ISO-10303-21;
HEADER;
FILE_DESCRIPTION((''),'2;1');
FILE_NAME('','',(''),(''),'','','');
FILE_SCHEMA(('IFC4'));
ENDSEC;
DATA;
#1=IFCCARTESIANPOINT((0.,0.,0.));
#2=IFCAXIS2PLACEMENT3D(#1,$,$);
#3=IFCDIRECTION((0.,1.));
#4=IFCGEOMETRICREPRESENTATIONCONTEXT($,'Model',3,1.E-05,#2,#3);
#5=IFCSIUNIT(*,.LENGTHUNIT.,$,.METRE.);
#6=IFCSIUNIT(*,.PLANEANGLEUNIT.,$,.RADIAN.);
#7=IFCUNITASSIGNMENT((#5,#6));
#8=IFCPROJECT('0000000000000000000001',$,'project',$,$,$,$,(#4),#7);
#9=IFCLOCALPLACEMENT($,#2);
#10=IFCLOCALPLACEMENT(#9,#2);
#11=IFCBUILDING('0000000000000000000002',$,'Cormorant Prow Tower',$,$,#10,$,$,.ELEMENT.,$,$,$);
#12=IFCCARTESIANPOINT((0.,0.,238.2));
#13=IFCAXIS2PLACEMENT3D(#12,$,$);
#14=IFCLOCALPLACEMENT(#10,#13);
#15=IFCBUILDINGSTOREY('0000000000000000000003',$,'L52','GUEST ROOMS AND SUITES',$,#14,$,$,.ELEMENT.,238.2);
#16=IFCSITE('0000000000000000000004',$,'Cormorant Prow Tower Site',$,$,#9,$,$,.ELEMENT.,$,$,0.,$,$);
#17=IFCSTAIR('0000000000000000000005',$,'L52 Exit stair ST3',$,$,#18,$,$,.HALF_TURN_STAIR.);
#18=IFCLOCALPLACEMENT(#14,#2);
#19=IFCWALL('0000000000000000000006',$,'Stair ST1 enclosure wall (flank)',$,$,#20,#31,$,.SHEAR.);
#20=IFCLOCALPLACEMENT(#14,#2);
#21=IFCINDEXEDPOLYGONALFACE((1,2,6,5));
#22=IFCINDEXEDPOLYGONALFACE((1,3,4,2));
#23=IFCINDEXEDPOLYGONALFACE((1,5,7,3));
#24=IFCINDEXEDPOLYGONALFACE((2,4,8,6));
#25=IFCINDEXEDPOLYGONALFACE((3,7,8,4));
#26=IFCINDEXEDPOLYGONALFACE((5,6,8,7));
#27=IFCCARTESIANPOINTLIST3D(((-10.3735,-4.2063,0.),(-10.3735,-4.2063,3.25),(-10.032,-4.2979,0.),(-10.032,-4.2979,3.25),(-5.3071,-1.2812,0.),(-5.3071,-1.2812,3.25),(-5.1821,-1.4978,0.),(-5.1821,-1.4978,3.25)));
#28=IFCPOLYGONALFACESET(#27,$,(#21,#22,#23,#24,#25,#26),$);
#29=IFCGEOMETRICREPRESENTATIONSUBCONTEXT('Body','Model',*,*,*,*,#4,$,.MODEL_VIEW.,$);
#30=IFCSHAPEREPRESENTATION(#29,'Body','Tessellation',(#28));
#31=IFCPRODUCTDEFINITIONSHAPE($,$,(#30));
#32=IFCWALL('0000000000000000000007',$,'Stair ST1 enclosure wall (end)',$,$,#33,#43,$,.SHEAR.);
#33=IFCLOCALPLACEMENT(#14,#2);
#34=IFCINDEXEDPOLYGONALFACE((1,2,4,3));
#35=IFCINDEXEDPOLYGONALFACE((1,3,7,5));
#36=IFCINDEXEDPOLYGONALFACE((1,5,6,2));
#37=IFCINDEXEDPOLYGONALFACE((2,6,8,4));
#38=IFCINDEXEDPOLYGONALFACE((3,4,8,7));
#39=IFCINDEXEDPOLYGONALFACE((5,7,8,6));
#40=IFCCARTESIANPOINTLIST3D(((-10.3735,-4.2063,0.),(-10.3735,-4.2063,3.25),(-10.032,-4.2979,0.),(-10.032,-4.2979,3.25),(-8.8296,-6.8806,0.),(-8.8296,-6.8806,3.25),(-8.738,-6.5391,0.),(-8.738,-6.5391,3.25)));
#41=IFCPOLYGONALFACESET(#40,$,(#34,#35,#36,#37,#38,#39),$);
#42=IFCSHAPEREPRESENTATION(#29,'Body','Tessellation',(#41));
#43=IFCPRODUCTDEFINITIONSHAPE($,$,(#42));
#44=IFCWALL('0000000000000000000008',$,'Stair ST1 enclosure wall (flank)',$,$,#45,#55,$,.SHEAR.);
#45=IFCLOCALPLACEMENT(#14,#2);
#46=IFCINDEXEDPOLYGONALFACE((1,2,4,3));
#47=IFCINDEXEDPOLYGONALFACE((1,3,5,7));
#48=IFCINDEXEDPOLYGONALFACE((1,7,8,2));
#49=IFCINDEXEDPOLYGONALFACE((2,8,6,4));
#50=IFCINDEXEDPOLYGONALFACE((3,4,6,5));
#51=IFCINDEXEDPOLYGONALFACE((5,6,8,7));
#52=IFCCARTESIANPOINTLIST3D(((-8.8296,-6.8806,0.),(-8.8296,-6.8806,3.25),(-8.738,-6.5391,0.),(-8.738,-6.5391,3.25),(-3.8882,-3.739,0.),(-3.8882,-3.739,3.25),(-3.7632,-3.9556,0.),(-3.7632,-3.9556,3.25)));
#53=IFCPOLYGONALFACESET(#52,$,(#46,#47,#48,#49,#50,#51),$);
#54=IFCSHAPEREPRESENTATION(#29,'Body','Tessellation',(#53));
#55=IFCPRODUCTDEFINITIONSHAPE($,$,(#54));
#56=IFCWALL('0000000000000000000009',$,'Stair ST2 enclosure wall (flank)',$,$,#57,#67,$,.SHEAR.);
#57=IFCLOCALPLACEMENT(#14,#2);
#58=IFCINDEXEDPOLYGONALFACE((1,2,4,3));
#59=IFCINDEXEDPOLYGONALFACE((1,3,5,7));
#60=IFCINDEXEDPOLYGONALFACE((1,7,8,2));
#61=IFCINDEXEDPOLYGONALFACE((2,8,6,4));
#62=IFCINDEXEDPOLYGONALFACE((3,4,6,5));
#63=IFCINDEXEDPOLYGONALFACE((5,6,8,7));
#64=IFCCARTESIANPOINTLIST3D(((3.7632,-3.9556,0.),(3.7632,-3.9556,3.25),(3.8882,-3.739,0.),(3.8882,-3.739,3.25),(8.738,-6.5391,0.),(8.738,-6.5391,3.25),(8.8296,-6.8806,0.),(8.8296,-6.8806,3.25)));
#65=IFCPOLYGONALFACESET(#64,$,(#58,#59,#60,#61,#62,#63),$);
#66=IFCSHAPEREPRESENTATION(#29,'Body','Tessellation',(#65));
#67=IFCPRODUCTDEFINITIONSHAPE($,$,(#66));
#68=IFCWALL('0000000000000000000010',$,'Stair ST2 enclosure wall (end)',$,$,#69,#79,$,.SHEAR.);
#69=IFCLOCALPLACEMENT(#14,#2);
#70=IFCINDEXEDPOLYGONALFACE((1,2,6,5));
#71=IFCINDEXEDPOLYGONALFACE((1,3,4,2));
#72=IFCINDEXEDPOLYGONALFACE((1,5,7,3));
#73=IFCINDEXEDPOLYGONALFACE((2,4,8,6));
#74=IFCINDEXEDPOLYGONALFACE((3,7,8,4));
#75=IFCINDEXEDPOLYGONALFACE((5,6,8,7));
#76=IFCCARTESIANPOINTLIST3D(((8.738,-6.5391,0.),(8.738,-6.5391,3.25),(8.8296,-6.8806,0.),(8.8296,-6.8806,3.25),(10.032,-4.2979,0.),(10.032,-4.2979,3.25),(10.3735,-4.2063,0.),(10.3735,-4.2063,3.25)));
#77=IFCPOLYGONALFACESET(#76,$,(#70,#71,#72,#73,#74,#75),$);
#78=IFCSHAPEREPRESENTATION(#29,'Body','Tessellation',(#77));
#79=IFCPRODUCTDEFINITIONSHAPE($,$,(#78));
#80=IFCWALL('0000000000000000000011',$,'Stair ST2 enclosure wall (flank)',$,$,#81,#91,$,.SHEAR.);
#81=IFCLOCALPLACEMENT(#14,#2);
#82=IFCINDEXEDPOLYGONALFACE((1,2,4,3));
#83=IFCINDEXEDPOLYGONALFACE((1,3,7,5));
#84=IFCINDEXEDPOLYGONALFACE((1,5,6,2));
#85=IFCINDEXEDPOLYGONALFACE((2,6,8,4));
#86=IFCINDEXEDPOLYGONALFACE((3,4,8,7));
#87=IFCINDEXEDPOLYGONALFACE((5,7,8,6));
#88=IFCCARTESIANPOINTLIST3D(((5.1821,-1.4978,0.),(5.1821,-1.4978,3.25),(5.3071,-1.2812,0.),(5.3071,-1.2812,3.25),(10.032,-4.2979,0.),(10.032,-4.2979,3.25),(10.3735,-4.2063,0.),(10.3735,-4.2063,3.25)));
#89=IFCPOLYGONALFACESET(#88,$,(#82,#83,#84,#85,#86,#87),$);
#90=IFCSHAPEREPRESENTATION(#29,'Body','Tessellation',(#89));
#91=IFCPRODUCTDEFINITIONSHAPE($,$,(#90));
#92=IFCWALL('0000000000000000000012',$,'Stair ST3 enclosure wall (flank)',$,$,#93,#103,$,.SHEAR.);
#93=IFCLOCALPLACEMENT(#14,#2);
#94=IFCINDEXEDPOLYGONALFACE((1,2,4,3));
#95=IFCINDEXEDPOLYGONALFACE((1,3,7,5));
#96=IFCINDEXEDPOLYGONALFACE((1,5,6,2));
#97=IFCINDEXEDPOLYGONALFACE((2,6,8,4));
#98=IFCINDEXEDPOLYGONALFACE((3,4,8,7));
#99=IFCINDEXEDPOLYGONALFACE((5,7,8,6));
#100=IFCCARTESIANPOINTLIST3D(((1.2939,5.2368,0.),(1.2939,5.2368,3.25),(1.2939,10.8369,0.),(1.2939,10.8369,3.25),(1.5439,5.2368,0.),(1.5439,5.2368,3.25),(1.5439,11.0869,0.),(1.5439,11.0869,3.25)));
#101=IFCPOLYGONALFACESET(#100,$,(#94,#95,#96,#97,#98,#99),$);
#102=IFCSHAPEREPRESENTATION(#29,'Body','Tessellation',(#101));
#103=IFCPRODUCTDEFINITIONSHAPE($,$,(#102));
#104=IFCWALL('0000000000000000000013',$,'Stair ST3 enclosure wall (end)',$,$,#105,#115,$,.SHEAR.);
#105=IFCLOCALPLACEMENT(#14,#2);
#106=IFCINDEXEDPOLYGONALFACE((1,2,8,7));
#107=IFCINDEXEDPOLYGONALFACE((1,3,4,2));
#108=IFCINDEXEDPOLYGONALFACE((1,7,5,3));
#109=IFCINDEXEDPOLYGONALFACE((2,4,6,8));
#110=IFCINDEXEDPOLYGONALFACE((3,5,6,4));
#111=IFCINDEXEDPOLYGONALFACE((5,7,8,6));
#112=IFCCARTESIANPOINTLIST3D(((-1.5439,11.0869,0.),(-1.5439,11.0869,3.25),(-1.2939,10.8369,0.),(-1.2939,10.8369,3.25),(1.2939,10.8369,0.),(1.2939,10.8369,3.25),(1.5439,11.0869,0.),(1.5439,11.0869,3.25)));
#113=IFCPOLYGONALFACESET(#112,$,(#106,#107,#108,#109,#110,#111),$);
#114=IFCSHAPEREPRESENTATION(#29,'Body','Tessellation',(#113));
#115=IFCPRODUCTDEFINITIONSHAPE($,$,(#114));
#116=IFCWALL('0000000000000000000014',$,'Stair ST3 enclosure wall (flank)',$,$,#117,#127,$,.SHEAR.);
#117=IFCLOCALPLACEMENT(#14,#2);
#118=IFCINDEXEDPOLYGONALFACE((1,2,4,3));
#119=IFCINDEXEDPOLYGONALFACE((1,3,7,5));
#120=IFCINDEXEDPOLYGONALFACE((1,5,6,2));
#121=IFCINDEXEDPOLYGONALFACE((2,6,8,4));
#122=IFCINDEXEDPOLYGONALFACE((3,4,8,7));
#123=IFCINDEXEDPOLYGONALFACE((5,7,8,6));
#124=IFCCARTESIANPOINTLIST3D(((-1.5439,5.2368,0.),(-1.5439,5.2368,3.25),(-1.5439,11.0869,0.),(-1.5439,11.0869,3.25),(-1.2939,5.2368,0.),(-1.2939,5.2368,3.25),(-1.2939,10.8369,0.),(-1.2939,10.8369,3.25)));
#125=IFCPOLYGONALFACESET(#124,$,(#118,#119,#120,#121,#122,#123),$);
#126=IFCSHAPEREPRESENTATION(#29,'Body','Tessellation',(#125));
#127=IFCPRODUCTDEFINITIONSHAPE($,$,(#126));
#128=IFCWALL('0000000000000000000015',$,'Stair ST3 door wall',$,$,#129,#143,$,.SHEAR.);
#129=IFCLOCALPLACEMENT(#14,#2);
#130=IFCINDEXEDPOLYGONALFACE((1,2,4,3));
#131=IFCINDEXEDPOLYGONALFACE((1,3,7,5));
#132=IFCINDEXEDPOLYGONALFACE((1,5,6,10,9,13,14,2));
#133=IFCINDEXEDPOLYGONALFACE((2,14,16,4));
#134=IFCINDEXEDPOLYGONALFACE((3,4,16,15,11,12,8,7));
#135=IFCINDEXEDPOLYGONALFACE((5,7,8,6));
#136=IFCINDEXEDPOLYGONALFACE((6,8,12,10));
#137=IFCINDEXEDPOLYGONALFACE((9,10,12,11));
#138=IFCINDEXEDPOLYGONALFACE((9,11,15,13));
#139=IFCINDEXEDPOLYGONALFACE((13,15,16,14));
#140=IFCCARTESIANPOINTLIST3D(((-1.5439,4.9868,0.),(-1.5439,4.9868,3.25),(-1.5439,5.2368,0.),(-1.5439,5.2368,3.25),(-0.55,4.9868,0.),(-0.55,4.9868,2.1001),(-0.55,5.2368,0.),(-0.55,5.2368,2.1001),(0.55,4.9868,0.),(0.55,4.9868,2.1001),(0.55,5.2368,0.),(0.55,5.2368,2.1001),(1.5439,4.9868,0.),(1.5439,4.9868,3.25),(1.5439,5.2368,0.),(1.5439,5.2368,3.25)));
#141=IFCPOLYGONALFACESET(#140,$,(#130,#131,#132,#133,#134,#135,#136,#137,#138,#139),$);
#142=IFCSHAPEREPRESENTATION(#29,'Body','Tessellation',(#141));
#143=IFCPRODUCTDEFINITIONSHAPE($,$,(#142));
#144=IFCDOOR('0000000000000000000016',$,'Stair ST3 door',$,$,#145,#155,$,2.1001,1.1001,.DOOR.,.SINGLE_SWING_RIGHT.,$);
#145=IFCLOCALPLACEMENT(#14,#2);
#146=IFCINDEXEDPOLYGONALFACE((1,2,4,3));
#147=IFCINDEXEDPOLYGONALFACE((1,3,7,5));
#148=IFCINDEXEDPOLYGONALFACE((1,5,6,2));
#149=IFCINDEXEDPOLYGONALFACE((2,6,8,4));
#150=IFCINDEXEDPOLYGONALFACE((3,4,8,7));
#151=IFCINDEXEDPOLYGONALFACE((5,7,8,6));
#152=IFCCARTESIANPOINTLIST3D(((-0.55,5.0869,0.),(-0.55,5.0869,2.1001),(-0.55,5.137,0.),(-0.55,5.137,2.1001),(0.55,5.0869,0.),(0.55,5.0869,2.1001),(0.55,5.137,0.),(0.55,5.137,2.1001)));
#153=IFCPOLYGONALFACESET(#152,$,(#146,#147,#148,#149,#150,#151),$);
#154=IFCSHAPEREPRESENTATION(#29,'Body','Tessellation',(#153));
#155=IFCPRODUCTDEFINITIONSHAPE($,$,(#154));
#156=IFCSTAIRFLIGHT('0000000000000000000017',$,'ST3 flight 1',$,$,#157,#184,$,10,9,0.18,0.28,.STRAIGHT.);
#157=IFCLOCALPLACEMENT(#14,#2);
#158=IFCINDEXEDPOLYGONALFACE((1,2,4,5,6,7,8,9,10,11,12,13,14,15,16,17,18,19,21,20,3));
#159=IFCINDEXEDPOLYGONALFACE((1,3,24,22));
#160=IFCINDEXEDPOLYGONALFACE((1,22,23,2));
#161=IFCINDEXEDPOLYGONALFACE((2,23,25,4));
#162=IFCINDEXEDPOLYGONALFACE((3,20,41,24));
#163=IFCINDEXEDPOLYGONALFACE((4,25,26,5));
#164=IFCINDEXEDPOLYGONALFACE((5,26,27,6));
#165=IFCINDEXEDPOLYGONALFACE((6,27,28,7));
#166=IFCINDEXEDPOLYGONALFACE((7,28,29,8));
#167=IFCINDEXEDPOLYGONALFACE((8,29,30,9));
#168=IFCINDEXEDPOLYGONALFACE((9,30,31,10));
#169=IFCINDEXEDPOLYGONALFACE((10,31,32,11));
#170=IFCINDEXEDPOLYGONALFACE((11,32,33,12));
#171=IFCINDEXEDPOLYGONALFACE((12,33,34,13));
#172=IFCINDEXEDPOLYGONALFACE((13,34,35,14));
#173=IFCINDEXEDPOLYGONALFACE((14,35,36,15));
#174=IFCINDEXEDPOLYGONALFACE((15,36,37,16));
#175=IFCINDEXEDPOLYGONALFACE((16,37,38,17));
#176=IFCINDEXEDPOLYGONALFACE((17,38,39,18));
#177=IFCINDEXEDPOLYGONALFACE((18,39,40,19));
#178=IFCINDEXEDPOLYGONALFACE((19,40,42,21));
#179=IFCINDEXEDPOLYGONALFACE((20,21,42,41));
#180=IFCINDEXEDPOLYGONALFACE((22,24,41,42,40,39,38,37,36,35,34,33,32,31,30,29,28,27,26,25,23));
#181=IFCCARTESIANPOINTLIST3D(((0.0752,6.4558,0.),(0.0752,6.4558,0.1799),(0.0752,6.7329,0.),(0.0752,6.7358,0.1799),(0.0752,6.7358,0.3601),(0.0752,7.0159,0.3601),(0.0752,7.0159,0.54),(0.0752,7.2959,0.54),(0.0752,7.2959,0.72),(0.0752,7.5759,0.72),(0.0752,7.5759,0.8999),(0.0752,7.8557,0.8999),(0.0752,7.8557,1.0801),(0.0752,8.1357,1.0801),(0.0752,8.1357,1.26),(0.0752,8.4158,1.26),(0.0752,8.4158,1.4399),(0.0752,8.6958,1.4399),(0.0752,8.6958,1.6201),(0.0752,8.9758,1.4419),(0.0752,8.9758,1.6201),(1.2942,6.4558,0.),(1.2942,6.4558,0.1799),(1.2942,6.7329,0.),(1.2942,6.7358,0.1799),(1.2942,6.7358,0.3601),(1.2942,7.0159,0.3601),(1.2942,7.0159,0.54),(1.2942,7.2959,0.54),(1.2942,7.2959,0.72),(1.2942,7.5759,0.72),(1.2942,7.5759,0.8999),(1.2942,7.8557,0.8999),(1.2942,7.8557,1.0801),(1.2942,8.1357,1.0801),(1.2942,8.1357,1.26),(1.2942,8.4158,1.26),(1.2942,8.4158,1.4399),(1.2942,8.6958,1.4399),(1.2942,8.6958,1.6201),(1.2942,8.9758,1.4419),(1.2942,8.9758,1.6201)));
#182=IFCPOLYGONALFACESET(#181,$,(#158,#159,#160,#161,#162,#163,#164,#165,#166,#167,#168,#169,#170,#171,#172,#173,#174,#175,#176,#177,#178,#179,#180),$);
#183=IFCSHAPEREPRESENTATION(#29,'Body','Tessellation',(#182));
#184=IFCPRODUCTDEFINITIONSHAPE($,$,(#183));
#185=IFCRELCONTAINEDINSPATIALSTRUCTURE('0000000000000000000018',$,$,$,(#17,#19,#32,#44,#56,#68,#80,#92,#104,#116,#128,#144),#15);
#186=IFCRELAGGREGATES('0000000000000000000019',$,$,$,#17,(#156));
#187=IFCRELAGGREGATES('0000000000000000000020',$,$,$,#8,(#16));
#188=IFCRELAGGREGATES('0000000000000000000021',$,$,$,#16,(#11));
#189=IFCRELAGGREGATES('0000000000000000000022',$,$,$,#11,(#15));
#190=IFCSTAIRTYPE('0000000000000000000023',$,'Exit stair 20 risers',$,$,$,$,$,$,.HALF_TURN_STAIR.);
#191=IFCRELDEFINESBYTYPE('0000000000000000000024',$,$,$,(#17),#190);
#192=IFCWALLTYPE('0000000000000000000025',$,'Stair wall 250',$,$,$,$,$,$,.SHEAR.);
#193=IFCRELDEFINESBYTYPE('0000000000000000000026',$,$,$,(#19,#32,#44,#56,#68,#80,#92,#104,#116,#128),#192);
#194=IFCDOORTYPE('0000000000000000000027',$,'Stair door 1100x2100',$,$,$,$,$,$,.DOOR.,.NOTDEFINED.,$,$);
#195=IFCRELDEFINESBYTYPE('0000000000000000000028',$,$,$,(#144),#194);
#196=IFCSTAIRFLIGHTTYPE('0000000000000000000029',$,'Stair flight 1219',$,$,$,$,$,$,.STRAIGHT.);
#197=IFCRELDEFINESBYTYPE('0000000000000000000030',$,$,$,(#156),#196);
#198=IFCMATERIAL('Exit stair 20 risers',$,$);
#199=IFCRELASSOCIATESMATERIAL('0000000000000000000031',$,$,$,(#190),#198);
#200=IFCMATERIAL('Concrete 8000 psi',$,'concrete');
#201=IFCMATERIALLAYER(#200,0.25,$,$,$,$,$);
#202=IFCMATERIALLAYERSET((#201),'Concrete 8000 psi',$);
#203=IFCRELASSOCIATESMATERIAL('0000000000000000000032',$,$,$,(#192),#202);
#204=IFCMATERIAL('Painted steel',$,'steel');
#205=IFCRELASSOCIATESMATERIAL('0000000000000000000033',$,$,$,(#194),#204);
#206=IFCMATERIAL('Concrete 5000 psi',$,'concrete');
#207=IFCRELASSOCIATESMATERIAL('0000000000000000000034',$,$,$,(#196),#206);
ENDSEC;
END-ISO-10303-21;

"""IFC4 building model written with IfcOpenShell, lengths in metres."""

from ifc_helpers import new_model, si_unit, direction, frame, frame_2d, origin, place, context, subcontext, project, spatial, polyline, rectangle, outline, extrude, material, layer, layer_set, type_object, element, fill, aggregate, save


model = new_model("IFC4")

# Units and contexts
model_context = context("Model", 3, precision=1e-05, world=origin(), true_north=direction((0.0, 1.0)))
body_context = subcontext(model_context, "Body", "Model", "MODEL_VIEW")
ifc_project = project(units=[si_unit("LENGTHUNIT", "METRE"), si_unit("PLANEANGLEUNIT", "RADIAN")], contexts=[model_context])

# Site, building, storey
site_placement = place(None, origin())
site = spatial("IfcSite", under=ifc_project, at=site_placement, Name="Cormorant Prow Tower Site", CompositionType="ELEMENT", RefElevation=0.0)
building_placement = place(site_placement, origin())
building = spatial("IfcBuilding", under=site, at=building_placement, Name="Cormorant Prow Tower", CompositionType="ELEMENT")
storey_placement = place(building_placement, frame((0.0, 0.0, 238.2)))
storey = spatial("IfcBuildingStorey", under=building, at=storey_placement, Name="L52", Description="GUEST ROOMS AND SUITES", CompositionType="ELEMENT", Elevation=238.2)

# Stair
ifc_material_1 = material(Name="Exit stair 20 risers")
stair_type = type_object("IfcStairType", Name="Exit stair 20 risers", PredefinedType="HALF_TURN_STAIR", material=ifc_material_1)
stair_1_placement = place(storey_placement, origin())
stair_1 = element("IfcStair", 1, at=stair_1_placement, inside=storey, type_object=stair_type, Name="L52 Exit stair ST3", PredefinedType="HALF_TURN_STAIR")

# Walls
ifc_material_2 = material(Name="Concrete 8000 psi", Category="concrete")
ifc_layer_1 = layer(ifc_material_2, 0.25)
ifc_layer_set_1 = layer_set([ifc_layer_1], Name="Concrete 8000 psi")
wall_type_1 = type_object("IfcWallType", Name="Stair wall 250", PredefinedType="SHEAR", material=ifc_layer_set_1)
wall_1_placement = place(storey_placement, origin())
element("IfcWall", 2, at=wall_1_placement, inside=storey, type_object=wall_type_1, Name="Stair ST1 enclosure wall (flank)", PredefinedType="SHEAR", context=body_context, shape_type="SweptSolid", body=[
    extrude(outline(polyline([(-5.3071, -1.2812), (-10.3735, -4.2063), (-10.032, -4.2979), (-5.1821, -1.4978), (-5.3071, -1.2812)])), origin(), (0.0, 0.0, 1.0), 3.25),
])
wall_2_placement = place(storey_placement, origin())
element("IfcWall", 3, at=wall_2_placement, inside=storey, type_object=wall_type_1, Name="Stair ST1 enclosure wall (end)", PredefinedType="SHEAR", context=body_context, shape_type="SweptSolid", body=[
    extrude(outline(polyline([(-10.3735, -4.2063), (-8.8296, -6.8806), (-8.738, -6.5391), (-10.032, -4.2979), (-10.3735, -4.2063)])), origin(), (0.0, 0.0, 1.0), 3.25),
])
wall_3_placement = place(storey_placement, origin())
element("IfcWall", 4, at=wall_3_placement, inside=storey, type_object=wall_type_1, Name="Stair ST1 enclosure wall (flank)", PredefinedType="SHEAR", context=body_context, shape_type="SweptSolid", body=[
    extrude(outline(polyline([(-8.738, -6.5391), (-8.8296, -6.8806), (-3.7632, -3.9556), (-3.8882, -3.739), (-8.738, -6.5391)])), origin(), (0.0, 0.0, 1.0), 3.25),
])
wall_4_placement = place(storey_placement, origin())
element("IfcWall", 5, at=wall_4_placement, inside=storey, type_object=wall_type_1, Name="Stair ST2 enclosure wall (flank)", PredefinedType="SHEAR", context=body_context, shape_type="SweptSolid", body=[
    extrude(outline(polyline([(3.7632, -3.9556), (8.8296, -6.8806), (8.738, -6.5391), (3.8882, -3.739), (3.7632, -3.9556)])), origin(), (0.0, 0.0, 1.0), 3.25),
])
wall_5_placement = place(storey_placement, origin())
element("IfcWall", 6, at=wall_5_placement, inside=storey, type_object=wall_type_1, Name="Stair ST2 enclosure wall (end)", PredefinedType="SHEAR", context=body_context, shape_type="SweptSolid", body=[
    extrude(outline(polyline([(8.8296, -6.8806), (10.3735, -4.2063), (10.032, -4.2979), (8.738, -6.5391), (8.8296, -6.8806)])), origin(), (0.0, 0.0, 1.0), 3.25),
])
wall_6_placement = place(storey_placement, origin())
element("IfcWall", 7, at=wall_6_placement, inside=storey, type_object=wall_type_1, Name="Stair ST2 enclosure wall (flank)", PredefinedType="SHEAR", context=body_context, shape_type="SweptSolid", body=[
    extrude(outline(polyline([(10.032, -4.2979), (10.3735, -4.2063), (5.3071, -1.2812), (5.1821, -1.4978), (10.032, -4.2979)])), origin(), (0.0, 0.0, 1.0), 3.25),
])
wall_7_placement = place(storey_placement, origin())
element("IfcWall", 8, at=wall_7_placement, inside=storey, type_object=wall_type_1, Name="Stair ST3 enclosure wall (flank)", PredefinedType="SHEAR", context=body_context, shape_type="SweptSolid", body=[
    extrude(outline(polyline([(1.5439, 5.2368), (1.5439, 11.0869), (1.2939, 10.8369), (1.2939, 5.2368), (1.5439, 5.2368)])), origin(), (0.0, 0.0, 1.0), 3.25),
])
wall_8_placement = place(storey_placement, origin())
element("IfcWall", 9, at=wall_8_placement, inside=storey, type_object=wall_type_1, Name="Stair ST3 enclosure wall (end)", PredefinedType="SHEAR", context=body_context, shape_type="SweptSolid", body=[
    extrude(outline(polyline([(1.5439, 11.0869), (-1.5439, 11.0869), (-1.2939, 10.8369), (1.2939, 10.8369), (1.5439, 11.0869)])), origin(), (0.0, 0.0, 1.0), 3.25),
])
wall_9_placement = place(storey_placement, origin())
element("IfcWall", 10, at=wall_9_placement, inside=storey, type_object=wall_type_1, Name="Stair ST3 enclosure wall (flank)", PredefinedType="SHEAR", context=body_context, shape_type="SweptSolid", body=[
    extrude(outline(polyline([(-1.2939, 10.8369), (-1.5439, 11.0869), (-1.5439, 5.2368), (-1.2939, 5.2368), (-1.2939, 10.8369)])), origin(), (0.0, 0.0, 1.0), 3.25),
])

# Wall, opening, door
wall_10_placement = place(storey_placement, frame((1.5439, 5.1118, 0.0), z_axis=(0.0, 0.0, 1.0), x_axis=(-1.0, 0.0, 0.0)))
wall_10 = element("IfcWall", 11, at=wall_10_placement, inside=storey, type_object=wall_type_1, Name="Stair ST3 door wall", PredefinedType="SHEAR", context=body_context, shape_type="SweptSolid", body=[
    extrude(rectangle(XDim=3.0879, YDim=0.25, at=frame_2d((1.5439, 0.0))), origin(), (0.0, 0.0, 1.0), 3.25),
])
opening_1_placement = place(wall_10_placement, frame((0.9939, 0.0, 0.0)))
opening_1 = element("IfcOpeningElement", 12, at=opening_1_placement, cuts=wall_10, PredefinedType="OPENING", context=body_context, shape_type="SweptSolid", body=[
    extrude(rectangle(XDim=1.1001, YDim=2.1001, at=frame_2d((0.55, 1.05))), frame((0.0, 0.135, 0.0), z_axis=(0.0, -1.0, 0.0), x_axis=(1.0, 0.0, 0.0)), (0.0, 0.0, 1.0), 0.27),
])
ifc_material_3 = material(Name="Painted steel", Category="steel")
door_type_1 = type_object("IfcDoorType", Name="Stair door 1100x2100", OperationType="NOTDEFINED", PredefinedType="DOOR", material=ifc_material_3)
door_1_placement = place(opening_1_placement, origin())
door_1 = element("IfcDoor", 13, at=door_1_placement, inside=storey, type_object=door_type_1, Name="Stair ST3 door", OperationType="SINGLE_SWING_RIGHT", OverallHeight=2.1001, OverallWidth=1.1001, PredefinedType="DOOR", context=body_context, shape_type="SweptSolid", body=[
    extrude(rectangle(XDim=1.1001, YDim=2.1001, at=frame_2d((0.55, 1.05))), frame((0.0, 0.0249, 0.0), z_axis=(0.0, -1.0, 0.0), x_axis=(1.0, 0.0, 0.0)), (0.0, 0.0, 1.0), 0.05),
])
fill(opening_1, door_1)

# Stair flight
ifc_material_4 = material(Name="Concrete 5000 psi", Category="concrete")
stair_flight_type = type_object("IfcStairFlightType", Name="Stair flight 1219", PredefinedType="STRAIGHT", material=ifc_material_4)
stair_flight_placement = place(storey_placement, frame((0.6846, 6.4558, 0.0), z_axis=(0.0, 0.0, 1.0), x_axis=(0.0, 1.0, 0.0)))
stair_flight = element("IfcStairFlight", 14, at=stair_flight_placement, type_object=stair_flight_type, Name="ST3 flight 1", NumberOfRisers=10, NumberOfTreads=9, PredefinedType="STRAIGHT", RiserHeight=0.18, TreadLength=0.28, context=body_context, shape_type="SweptSolid", body=[
    extrude(outline(polyline([(0.0, 0.0), (0.0, 0.1799), (0.28, 0.1799), (0.28, 0.3601), (0.5601, 0.3601), (0.5601, 0.54), (0.8401, 0.54), (0.8401, 0.72), (1.1201, 0.72), (1.1201, 0.8999), (1.3999, 0.8999), (1.3999, 1.0801), (1.6799, 1.0801), (1.6799, 1.26), (1.96, 1.26), (1.96, 1.4399), (2.24, 1.4399), (2.24, 1.6201), (2.52, 1.6201), (2.52, 1.8), (2.52, 1.4419), (0.2771, 0.0), (0.0, 0.0)])), frame((0.0, 0.6094, 0.0), z_axis=(0.0, -1.0, 0.0), x_axis=(1.0, 0.0, 0.0)), (0.0, 0.0, 1.0), 1.219),
])
aggregate(stair_1, [stair_flight])

save(model, "model.ifc")
